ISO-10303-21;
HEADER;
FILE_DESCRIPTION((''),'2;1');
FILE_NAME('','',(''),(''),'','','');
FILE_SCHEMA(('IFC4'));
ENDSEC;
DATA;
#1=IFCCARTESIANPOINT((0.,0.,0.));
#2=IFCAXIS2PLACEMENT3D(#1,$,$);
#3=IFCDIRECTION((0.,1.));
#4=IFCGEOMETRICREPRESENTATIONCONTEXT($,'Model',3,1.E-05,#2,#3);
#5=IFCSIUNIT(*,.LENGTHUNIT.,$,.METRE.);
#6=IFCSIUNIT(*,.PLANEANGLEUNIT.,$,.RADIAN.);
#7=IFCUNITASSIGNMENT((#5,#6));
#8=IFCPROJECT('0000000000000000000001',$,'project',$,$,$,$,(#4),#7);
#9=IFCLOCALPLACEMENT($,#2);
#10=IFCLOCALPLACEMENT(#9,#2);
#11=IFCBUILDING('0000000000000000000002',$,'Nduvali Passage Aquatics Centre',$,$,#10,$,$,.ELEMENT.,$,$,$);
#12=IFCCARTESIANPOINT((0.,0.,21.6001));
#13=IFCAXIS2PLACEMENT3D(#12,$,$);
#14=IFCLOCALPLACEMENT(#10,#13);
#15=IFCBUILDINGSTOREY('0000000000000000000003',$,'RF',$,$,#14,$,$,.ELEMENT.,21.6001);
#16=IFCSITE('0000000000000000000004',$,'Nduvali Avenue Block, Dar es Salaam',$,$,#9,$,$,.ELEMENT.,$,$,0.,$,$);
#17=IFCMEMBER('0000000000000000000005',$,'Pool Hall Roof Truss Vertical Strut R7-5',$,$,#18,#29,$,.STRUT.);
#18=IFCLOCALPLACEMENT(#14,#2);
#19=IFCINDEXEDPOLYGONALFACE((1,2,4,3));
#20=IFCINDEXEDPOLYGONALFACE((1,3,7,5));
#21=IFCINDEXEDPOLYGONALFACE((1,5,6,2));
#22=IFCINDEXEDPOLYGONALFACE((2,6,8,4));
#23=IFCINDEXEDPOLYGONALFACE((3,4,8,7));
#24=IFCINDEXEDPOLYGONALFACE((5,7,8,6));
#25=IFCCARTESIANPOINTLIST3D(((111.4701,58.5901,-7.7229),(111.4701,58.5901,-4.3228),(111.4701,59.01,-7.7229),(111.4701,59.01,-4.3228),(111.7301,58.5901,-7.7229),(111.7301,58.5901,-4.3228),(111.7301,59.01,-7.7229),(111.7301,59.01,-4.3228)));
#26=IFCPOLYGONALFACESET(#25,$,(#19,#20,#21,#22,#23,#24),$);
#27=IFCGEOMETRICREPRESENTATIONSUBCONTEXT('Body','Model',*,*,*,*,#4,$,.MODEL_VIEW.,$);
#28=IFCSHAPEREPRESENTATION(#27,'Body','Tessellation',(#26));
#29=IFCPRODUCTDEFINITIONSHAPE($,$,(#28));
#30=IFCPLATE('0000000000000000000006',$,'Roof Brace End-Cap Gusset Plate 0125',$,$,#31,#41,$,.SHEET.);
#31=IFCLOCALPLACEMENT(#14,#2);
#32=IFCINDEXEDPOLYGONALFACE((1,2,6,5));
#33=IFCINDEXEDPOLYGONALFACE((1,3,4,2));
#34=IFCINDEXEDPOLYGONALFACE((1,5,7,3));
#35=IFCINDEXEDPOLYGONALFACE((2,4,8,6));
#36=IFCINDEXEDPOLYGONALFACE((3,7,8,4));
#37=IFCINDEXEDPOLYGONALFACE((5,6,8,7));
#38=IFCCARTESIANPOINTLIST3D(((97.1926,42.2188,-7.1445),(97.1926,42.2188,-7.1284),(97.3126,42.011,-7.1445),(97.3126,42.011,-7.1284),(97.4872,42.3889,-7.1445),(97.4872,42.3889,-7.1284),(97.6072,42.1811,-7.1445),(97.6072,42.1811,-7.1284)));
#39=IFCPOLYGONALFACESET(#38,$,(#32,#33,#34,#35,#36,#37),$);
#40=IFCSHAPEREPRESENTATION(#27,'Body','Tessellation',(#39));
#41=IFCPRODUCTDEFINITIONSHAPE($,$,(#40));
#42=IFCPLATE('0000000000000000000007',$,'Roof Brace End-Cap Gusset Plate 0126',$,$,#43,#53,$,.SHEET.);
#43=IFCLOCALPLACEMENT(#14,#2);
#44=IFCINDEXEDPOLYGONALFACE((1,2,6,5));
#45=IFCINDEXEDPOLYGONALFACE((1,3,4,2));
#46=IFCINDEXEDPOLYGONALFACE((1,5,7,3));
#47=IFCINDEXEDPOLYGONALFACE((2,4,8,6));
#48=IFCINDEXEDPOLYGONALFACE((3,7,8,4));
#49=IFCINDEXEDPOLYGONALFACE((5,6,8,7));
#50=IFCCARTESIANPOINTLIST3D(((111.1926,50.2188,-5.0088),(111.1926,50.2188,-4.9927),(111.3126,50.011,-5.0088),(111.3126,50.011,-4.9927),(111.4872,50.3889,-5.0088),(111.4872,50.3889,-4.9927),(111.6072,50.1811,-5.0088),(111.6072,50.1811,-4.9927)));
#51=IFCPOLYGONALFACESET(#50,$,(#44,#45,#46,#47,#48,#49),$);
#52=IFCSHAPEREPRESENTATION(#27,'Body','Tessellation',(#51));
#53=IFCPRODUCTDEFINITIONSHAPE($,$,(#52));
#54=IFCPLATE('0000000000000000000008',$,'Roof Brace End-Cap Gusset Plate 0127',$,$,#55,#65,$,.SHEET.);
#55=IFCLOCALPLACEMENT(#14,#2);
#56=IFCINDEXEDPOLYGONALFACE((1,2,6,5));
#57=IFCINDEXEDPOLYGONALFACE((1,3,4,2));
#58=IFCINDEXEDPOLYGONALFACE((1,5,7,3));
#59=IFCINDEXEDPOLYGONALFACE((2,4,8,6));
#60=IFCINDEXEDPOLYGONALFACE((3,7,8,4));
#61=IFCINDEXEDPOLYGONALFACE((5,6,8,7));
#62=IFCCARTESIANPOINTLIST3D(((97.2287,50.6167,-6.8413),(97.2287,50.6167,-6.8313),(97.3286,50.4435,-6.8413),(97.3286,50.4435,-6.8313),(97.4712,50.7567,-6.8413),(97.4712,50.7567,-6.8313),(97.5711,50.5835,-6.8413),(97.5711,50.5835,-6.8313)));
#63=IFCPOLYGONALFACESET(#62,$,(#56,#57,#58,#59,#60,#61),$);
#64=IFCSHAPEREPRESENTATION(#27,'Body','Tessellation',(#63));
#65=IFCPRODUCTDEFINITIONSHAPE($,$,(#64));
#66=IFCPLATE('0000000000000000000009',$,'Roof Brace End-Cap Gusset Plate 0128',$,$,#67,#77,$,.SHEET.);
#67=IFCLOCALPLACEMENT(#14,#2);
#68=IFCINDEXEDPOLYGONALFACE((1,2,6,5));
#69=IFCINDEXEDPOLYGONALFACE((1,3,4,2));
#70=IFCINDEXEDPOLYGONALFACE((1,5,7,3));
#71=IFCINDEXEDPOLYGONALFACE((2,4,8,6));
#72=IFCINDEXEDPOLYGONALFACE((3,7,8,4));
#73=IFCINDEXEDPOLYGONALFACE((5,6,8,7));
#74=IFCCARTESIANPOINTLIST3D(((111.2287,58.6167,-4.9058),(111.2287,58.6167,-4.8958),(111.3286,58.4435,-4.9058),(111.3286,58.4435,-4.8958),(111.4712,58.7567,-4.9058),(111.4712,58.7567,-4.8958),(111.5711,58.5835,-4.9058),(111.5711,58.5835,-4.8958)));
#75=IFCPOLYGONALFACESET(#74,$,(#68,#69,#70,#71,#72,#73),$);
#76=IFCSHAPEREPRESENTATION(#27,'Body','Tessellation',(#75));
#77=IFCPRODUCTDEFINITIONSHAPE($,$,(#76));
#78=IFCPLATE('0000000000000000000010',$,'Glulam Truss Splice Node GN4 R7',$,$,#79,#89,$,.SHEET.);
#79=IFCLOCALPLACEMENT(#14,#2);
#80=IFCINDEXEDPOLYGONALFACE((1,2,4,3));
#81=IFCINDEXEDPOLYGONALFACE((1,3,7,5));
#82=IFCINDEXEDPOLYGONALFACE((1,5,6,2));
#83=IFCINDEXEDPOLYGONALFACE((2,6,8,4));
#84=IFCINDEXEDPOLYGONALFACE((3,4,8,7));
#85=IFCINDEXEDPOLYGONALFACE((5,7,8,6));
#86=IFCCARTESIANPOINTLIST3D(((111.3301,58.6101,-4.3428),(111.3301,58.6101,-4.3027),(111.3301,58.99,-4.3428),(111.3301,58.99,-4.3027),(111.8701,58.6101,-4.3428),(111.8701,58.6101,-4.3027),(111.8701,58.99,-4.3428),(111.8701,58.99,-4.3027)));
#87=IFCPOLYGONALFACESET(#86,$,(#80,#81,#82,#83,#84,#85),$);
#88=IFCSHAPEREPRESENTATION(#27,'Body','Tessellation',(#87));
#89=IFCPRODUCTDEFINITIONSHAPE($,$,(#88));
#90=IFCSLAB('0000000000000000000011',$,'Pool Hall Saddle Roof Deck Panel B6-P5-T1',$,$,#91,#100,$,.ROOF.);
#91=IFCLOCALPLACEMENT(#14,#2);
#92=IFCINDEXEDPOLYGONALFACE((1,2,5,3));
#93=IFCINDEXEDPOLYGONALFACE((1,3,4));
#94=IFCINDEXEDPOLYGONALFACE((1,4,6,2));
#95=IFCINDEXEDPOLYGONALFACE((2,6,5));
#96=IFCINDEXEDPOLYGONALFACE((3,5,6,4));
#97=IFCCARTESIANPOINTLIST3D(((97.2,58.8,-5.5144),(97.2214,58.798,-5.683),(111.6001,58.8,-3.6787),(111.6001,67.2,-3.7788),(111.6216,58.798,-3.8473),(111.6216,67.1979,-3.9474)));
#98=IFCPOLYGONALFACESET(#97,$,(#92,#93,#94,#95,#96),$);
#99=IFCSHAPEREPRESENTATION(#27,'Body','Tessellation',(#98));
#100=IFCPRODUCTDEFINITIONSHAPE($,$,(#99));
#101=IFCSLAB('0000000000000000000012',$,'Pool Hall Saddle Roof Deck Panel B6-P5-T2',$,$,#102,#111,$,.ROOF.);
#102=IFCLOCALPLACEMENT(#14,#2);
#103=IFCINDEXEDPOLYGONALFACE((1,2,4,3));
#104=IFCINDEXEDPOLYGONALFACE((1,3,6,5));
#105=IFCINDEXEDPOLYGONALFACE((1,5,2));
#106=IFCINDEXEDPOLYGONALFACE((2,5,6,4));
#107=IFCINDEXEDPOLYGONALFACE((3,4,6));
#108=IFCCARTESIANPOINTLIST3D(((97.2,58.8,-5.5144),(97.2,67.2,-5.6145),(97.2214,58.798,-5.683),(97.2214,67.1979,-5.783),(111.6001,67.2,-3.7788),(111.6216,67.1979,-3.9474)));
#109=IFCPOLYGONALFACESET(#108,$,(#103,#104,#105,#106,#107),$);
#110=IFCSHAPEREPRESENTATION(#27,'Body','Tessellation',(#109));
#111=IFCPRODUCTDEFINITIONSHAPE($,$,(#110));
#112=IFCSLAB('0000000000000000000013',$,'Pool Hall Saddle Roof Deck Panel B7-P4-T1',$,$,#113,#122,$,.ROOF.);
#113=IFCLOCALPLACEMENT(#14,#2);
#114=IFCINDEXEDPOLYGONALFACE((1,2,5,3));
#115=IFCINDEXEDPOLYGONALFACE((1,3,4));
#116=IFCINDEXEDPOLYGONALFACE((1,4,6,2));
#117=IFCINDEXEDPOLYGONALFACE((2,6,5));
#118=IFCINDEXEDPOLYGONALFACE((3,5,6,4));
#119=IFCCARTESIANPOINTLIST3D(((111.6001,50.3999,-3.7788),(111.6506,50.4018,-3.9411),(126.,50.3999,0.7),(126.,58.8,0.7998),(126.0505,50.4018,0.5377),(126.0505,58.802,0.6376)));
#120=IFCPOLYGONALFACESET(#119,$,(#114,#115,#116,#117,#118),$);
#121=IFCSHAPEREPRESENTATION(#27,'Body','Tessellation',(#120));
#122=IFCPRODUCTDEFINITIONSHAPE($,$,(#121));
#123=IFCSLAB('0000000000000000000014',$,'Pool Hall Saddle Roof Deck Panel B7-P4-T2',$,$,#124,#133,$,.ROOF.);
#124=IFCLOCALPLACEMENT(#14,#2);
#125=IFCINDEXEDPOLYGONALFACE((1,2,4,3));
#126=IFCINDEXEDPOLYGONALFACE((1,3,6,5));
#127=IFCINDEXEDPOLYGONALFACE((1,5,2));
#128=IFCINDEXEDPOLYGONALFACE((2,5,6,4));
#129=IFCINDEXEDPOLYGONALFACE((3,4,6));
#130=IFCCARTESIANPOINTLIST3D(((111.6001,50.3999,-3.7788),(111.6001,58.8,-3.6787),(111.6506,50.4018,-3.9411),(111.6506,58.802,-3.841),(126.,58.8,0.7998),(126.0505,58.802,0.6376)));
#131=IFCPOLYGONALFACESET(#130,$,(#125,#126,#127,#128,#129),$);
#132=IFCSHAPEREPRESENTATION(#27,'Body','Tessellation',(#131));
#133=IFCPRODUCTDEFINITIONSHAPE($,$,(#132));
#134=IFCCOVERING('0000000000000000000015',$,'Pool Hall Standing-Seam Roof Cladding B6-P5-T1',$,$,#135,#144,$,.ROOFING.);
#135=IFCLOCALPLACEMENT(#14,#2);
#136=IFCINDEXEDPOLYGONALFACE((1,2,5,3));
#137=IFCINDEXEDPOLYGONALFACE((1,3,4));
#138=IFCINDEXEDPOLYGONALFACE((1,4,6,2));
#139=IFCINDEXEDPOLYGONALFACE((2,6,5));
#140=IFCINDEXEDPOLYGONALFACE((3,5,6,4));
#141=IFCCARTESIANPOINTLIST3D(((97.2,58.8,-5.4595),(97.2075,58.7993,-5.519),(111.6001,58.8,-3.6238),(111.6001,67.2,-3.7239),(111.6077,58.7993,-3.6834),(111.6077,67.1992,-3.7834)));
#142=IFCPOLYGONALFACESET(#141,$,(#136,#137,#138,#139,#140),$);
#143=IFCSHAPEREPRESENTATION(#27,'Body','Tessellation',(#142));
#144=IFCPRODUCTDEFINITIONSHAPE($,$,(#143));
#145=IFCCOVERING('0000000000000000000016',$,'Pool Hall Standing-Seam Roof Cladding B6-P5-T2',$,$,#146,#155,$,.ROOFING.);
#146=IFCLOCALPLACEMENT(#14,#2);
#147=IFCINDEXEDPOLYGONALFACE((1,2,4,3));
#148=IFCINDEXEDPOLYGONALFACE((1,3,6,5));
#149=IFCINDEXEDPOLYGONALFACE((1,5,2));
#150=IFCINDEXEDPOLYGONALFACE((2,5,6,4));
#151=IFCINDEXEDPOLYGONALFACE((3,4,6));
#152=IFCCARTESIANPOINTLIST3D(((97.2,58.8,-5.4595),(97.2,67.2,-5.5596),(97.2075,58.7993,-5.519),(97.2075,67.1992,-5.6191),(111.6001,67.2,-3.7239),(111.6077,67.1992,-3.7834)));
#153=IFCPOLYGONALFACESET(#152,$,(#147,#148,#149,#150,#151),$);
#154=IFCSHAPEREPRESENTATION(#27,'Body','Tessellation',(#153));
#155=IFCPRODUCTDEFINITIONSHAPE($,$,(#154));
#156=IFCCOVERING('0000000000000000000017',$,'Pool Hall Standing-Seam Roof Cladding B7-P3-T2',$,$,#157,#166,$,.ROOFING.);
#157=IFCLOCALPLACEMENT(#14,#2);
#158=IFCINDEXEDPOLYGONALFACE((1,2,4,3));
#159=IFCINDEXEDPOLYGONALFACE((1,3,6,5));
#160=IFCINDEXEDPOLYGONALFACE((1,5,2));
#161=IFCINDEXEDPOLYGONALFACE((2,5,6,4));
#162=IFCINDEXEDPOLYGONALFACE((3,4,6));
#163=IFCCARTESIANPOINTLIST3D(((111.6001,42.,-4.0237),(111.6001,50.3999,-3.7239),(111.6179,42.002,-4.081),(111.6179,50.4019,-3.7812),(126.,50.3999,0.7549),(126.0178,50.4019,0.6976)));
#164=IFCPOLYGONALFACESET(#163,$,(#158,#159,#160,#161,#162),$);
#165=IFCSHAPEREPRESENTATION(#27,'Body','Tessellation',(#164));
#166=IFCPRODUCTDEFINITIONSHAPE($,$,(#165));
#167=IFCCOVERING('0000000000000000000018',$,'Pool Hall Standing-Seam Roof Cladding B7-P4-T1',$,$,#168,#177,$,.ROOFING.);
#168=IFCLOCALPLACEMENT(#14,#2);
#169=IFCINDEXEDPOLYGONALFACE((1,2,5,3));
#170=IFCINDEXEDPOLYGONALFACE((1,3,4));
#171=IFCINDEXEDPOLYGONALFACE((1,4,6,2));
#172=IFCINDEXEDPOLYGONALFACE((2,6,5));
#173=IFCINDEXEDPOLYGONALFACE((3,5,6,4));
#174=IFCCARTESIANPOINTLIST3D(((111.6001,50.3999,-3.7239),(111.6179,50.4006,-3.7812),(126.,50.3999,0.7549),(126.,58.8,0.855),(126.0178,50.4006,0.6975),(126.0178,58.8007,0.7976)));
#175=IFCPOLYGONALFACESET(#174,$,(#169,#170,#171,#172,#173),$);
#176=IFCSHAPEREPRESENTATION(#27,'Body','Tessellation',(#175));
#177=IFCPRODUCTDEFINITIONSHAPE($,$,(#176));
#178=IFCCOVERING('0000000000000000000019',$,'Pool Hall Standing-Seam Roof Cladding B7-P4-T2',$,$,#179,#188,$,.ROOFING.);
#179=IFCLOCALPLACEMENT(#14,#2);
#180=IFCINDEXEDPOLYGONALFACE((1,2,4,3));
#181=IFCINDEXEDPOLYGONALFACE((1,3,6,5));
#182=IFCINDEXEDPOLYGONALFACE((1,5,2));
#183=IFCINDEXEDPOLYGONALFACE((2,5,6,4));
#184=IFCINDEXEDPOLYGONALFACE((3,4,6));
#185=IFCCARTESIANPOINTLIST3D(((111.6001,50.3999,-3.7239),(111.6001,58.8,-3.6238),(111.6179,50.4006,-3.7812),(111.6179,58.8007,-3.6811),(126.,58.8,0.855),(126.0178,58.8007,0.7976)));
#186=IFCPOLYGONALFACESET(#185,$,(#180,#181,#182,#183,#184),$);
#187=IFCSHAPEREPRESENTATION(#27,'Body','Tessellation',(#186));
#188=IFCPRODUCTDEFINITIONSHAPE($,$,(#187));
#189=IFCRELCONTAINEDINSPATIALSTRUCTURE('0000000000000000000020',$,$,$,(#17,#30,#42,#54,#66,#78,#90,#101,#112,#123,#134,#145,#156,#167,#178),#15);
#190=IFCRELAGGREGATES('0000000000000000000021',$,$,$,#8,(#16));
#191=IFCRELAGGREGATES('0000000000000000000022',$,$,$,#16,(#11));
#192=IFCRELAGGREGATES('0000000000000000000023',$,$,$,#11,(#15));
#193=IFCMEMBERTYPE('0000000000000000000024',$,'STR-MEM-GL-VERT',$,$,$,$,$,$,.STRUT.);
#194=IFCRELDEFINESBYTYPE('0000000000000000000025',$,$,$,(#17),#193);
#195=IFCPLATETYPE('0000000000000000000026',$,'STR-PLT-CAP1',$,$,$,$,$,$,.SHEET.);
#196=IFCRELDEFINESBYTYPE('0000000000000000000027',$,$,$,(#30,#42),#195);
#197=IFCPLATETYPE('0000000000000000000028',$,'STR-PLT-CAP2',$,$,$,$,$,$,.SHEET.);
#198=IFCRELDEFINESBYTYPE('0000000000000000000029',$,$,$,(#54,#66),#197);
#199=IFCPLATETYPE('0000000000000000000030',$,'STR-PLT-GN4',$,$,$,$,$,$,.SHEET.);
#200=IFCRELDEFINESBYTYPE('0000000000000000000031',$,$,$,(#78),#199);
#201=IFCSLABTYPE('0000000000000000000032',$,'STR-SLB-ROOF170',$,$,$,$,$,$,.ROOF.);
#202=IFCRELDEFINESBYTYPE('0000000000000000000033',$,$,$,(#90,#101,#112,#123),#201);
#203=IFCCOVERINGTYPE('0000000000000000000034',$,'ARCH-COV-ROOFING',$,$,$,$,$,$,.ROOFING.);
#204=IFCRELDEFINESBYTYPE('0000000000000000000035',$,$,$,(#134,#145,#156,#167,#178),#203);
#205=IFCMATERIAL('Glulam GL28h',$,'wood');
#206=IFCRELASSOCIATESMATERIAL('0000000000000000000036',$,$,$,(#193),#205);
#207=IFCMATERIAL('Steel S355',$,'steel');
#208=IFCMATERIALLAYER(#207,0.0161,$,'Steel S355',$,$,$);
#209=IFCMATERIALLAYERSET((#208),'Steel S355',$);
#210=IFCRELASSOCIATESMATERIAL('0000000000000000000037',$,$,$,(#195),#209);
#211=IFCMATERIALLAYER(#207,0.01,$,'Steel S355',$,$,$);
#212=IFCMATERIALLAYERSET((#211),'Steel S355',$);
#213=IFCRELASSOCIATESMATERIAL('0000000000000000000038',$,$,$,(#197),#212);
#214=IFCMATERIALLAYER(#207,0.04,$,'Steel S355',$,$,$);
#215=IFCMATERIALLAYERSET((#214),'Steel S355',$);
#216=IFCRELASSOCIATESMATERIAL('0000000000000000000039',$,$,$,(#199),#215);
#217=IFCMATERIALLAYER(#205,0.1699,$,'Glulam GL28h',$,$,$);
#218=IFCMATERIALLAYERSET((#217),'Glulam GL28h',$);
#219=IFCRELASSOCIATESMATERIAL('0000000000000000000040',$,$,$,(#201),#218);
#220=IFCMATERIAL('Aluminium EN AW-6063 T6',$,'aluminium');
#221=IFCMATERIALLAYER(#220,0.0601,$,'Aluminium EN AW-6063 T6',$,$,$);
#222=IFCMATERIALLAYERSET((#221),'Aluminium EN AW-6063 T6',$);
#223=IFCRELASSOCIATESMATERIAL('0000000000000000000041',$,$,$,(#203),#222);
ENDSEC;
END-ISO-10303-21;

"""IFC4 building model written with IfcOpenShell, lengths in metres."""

from ifc_helpers import new_model, si_unit, direction, frame, origin, origin_2d, place, context, subcontext, project, spatial, polyline, rectangle, outline, extrude, material, layer, layer_set, material_profile, profile_set, type_object, element, save


model = new_model("IFC4")

# Units and contexts
model_context = context("Model", 3, precision=1e-05, world=origin(), true_north=direction((0.0, 1.0)))
body_context = subcontext(model_context, "Body", "Model", "MODEL_VIEW")
ifc_project = project(units=[si_unit("LENGTHUNIT", "METRE"), si_unit("PLANEANGLEUNIT", "RADIAN")], contexts=[model_context])

# Site, building, storey
site_placement = place(None, origin())
site = spatial("IfcSite", under=ifc_project, at=site_placement, Name="Nduvali Avenue Block, Dar es Salaam", CompositionType="ELEMENT", RefElevation=0.0)
building_placement = place(site_placement, origin())
building = spatial("IfcBuilding", under=site, at=building_placement, Name="Nduvali Passage Aquatics Centre", CompositionType="ELEMENT")
storey_placement = place(building_placement, frame((0.0, 0.0, 21.6001)))
storey = spatial("IfcBuildingStorey", under=building, at=storey_placement, Name="RF", CompositionType="ELEMENT", Elevation=21.6001)

# Member
ifc_material_1 = material(Name="Steel S355", Category="steel")
ifc_material_2 = material(Name="Glulam GL28h", Category="wood")
ifc_material_profile_1 = material_profile(ifc_material_2, rectangle(XDim=0.26, YDim=0.4199, at=origin_2d()), Name="GL28h 260x420")
ifc_profile_set_1 = profile_set([ifc_material_profile_1], Name="Glulam GL28h")
member_type_1 = type_object("IfcMemberType", Name="STR-MEM-GL-VERT", PredefinedType="STRUT", material=ifc_profile_set_1)
member_1_placement = place(storey_placement, frame((111.6001, 58.8, -7.7229), z_axis=(0.0, 0.0, 1.0), x_axis=(1.0, 0.0, 0.0)))
element("IfcMember", 1, at=member_1_placement, inside=storey, type_object=member_type_1, Name="Pool Hall Roof Truss Vertical Strut R7-5", PredefinedType="STRUT", context=body_context, shape_type="SweptSolid", body=[
    extrude(rectangle(XDim=0.26, YDim=0.4199, at=origin_2d()), origin(), (0.0, 0.0, 1.0), 3.4001),
])

# Plates
ifc_layer_1 = layer(ifc_material_1, 0.0161, Name="Steel S355")
ifc_layer_set_1 = layer_set([ifc_layer_1], Name="Steel S355")
plate_type_1 = type_object("IfcPlateType", Name="STR-PLT-CAP1", PredefinedType="SHEET", material=ifc_layer_set_1)
for number, where, z_axis, x_axis, name in (
    (2, (97.3999, 42.2, -7.1445), (0.0, 0.0, 1.0), (0.866025, 0.5, 0.0), "Roof Brace End-Cap Gusset Plate 0125"),
    (3, (111.3999, 50.2, -5.0088), (0.0, 0.0, 1.0), (0.866025, 0.5, 0.0), "Roof Brace End-Cap Gusset Plate 0126"),
):
    element("IfcPlate", number, at=place(storey_placement, frame(where, z_axis=z_axis, x_axis=x_axis)), inside=storey, type_object=plate_type_1, Name=name, PredefinedType="SHEET", context=body_context, shape_type="SweptSolid", body=[
        extrude(rectangle(XDim=0.3401, YDim=0.24, at=origin_2d()), origin(), (0.0, 0.0, 1.0), 0.0161),
    ])
ifc_layer_2 = layer(ifc_material_1, 0.01, Name="Steel S355")
ifc_layer_set_2 = layer_set([ifc_layer_2], Name="Steel S355")
plate_type_2 = type_object("IfcPlateType", Name="STR-PLT-CAP2", PredefinedType="SHEET", material=ifc_layer_set_2)
for number, where, z_axis, x_axis, name in (
    (4, (97.3999, 50.6001, -6.8413), (0.0, 0.0, 1.0), (0.866025, 0.5, 0.0), "Roof Brace End-Cap Gusset Plate 0127"),
    (5, (111.3999, 58.6001, -4.9058), (0.0, 0.0, 1.0), (0.866025, 0.5, 0.0), "Roof Brace End-Cap Gusset Plate 0128"),
):
    element("IfcPlate", number, at=place(storey_placement, frame(where, z_axis=z_axis, x_axis=x_axis)), inside=storey, type_object=plate_type_2, Name=name, PredefinedType="SHEET", context=body_context, shape_type="SweptSolid", body=[
        extrude(rectangle(XDim=0.28, YDim=0.2, at=origin_2d()), origin(), (0.0, 0.0, 1.0), 0.01),
    ])
ifc_layer_3 = layer(ifc_material_1, 0.04, Name="Steel S355")
ifc_layer_set_3 = layer_set([ifc_layer_3], Name="Steel S355")
plate_type_3 = type_object("IfcPlateType", Name="STR-PLT-GN4", PredefinedType="SHEET", material=ifc_layer_set_3)
plate_placement = place(storey_placement, frame((111.6001, 58.8, -4.3428), z_axis=(0.0, 0.0, 1.0), x_axis=(1.0, 0.0, 0.0)))
element("IfcPlate", 6, at=plate_placement, inside=storey, type_object=plate_type_3, Name="Glulam Truss Splice Node GN4 R7", PredefinedType="SHEET", context=body_context, shape_type="SweptSolid", body=[
    extrude(rectangle(XDim=0.54, YDim=0.3799, at=origin_2d()), origin(), (0.0, 0.0, 1.0), 0.04),
])

# Slabs
ifc_layer_4 = layer(ifc_material_2, 0.1699, Name="Glulam GL28h")
ifc_layer_set_4 = layer_set([ifc_layer_4], Name="Glulam GL28h")
slab_type = type_object("IfcSlabType", Name="STR-SLB-ROOF170", PredefinedType="ROOF", material=ifc_layer_set_4)
slab_1_placement = place(storey_placement, frame((97.2, 58.8, -5.5144), z_axis=(-0.126445, 0.01182, 0.991903), x_axis=(0.991972, 0.0, 0.126454)))
element("IfcSlab", 7, at=slab_1_placement, inside=storey, type_object=slab_type, Name="Pool Hall Saddle Roof Deck Panel B6-P5-T1", PredefinedType="ROOF", context=body_context, shape_type="SweptSolid", body=[
    extrude(outline(polyline([(0.0, 0.0), (14.5167, 0.0), (14.504, 8.4005), (0.0, 0.0)])), origin(), (0.0, 0.0, -1.0), 0.1699),
])
slab_2_placement = place(storey_placement, frame((97.2, 58.8, -5.5144), z_axis=(-0.126445, 0.01182, 0.991903), x_axis=(0.85914, 0.501154, 0.103549)))
element("IfcSlab", 8, at=slab_2_placement, inside=storey, type_object=slab_type, Name="Pool Hall Saddle Roof Deck Panel B6-P5-T2", PredefinedType="ROOF", context=body_context, shape_type="SweptSolid", body=[
    extrude(outline(polyline([(0.0, 0.0), (16.7611, 0.0), (4.1993, 7.2756), (0.0, 0.0)])), origin(), (0.0, 0.0, -1.0), 0.1699),
])
slab_3_placement = place(storey_placement, frame((111.6001, 50.3999, -3.7788), z_axis=(-0.296974, -0.01135, 0.954818), x_axis=(0.95488, 0.0, 0.296993)))
element("IfcSlab", 9, at=slab_3_placement, inside=storey, type_object=slab_type, Name="Pool Hall Saddle Roof Deck Panel B7-P4-T1", PredefinedType="ROOF", context=body_context, shape_type="SweptSolid", body=[
    extrude(outline(polyline([(0.0, 0.0), (15.0803, 0.0), (15.11, 8.4007), (0.0, 0.0)])), origin(), (0.0, 0.0, -1.0), 0.1699),
])
slab_4_placement = place(storey_placement, frame((111.6001, 50.3999, -3.7788), z_axis=(-0.296959, -0.011378, 0.954822), x_axis=(0.83293, 0.485888, 0.26484)))
element("IfcSlab", 10, at=slab_4_placement, inside=storey, type_object=slab_type, Name="Pool Hall Saddle Roof Deck Panel B7-P4-T2", PredefinedType="ROOF", context=body_context, shape_type="SweptSolid", body=[
    extrude(outline(polyline([(0.0, 0.0), (17.2882, 0.0), (4.108, 7.3278), (0.0, 0.0)])), origin(), (0.0, 0.0, -1.0), 0.1699),
])

# Coverings
ifc_material_3 = material(Name="Aluminium EN AW-6063 T6", Category="aluminium")
ifc_layer_5 = layer(ifc_material_3, 0.0601, Name="Aluminium EN AW-6063 T6")
ifc_layer_set_5 = layer_set([ifc_layer_5], Name="Aluminium EN AW-6063 T6")
covering_type = type_object("IfcCoveringType", Name="ARCH-COV-ROOFING", PredefinedType="ROOFING", material=ifc_layer_set_5)
covering_1_placement = place(storey_placement, frame((97.2, 58.8, -5.4595), z_axis=(-0.126445, 0.01182, 0.991903), x_axis=(0.991972, 0.0, 0.126454)))
element("IfcCovering", 11, at=covering_1_placement, inside=storey, type_object=covering_type, Name="Pool Hall Standing-Seam Roof Cladding B6-P5-T1", PredefinedType="ROOFING", context=body_context, shape_type="SweptSolid", body=[
    extrude(outline(polyline([(0.0, 0.0), (14.5167, 0.0), (14.504, 8.4005), (0.0, 0.0)])), origin(), (0.0, 0.0, -1.0), 0.0601),
])
covering_2_placement = place(storey_placement, frame((97.2, 58.8, -5.4595), z_axis=(-0.126445, 0.01182, 0.991903), x_axis=(0.85914, 0.501154, 0.103549)))
element("IfcCovering", 12, at=covering_2_placement, inside=storey, type_object=covering_type, Name="Pool Hall Standing-Seam Roof Cladding B6-P5-T2", PredefinedType="ROOFING", context=body_context, shape_type="SweptSolid", body=[
    extrude(outline(polyline([(0.0, 0.0), (16.7611, 0.0), (4.1993, 7.2756), (0.0, 0.0)])), origin(), (0.0, 0.0, -1.0), 0.0601),
])
covering_3_placement = place(storey_placement, frame((111.6001, 42.0, -4.0237), z_axis=(-0.296821, -0.034061, 0.954325), x_axis=(0.830341, 0.484363, 0.275546)))
element("IfcCovering", 13, at=covering_3_placement, inside=storey, type_object=covering_type, Name="Pool Hall Standing-Seam Roof Cladding B7-P3-T2", PredefinedType="ROOFING", context=body_context, shape_type="SweptSolid", body=[
    extrude(outline(polyline([(0.0, 0.0), (17.3422, 0.0), (4.1512, 7.3086), (0.0, 0.0)])), origin(), (0.0, 0.0, -1.0), 0.0601),
])
covering_4_placement = place(storey_placement, frame((111.6001, 50.3999, -3.7239), z_axis=(-0.296974, -0.011378, 0.954818), x_axis=(0.95488, 0.0, 0.296993)))
element("IfcCovering", 14, at=covering_4_placement, inside=storey, type_object=covering_type, Name="Pool Hall Standing-Seam Roof Cladding B7-P4-T1", PredefinedType="ROOFING", context=body_context, shape_type="SweptSolid", body=[
    extrude(outline(polyline([(0.0, 0.0), (15.0803, 0.0), (15.1101, 8.4007), (0.0, 0.0)])), origin(), (0.0, 0.0, -1.0), 0.0601),
])
covering_5_placement = place(storey_placement, frame((111.6001, 50.3999, -3.7239), z_axis=(-0.296974, -0.011378, 0.954818), x_axis=(0.832927, 0.485886, 0.264853)))
element("IfcCovering", 15, at=covering_5_placement, inside=storey, type_object=covering_type, Name="Pool Hall Standing-Seam Roof Cladding B7-P4-T2", PredefinedType="ROOFING", context=body_context, shape_type="SweptSolid", body=[
    extrude(outline(polyline([(0.0, 0.0), (17.2883, 0.0), (4.108, 7.3278), (0.0, 0.0)])), origin(), (0.0, 0.0, -1.0), 0.0601),
])

save(model, "model.ifc")
